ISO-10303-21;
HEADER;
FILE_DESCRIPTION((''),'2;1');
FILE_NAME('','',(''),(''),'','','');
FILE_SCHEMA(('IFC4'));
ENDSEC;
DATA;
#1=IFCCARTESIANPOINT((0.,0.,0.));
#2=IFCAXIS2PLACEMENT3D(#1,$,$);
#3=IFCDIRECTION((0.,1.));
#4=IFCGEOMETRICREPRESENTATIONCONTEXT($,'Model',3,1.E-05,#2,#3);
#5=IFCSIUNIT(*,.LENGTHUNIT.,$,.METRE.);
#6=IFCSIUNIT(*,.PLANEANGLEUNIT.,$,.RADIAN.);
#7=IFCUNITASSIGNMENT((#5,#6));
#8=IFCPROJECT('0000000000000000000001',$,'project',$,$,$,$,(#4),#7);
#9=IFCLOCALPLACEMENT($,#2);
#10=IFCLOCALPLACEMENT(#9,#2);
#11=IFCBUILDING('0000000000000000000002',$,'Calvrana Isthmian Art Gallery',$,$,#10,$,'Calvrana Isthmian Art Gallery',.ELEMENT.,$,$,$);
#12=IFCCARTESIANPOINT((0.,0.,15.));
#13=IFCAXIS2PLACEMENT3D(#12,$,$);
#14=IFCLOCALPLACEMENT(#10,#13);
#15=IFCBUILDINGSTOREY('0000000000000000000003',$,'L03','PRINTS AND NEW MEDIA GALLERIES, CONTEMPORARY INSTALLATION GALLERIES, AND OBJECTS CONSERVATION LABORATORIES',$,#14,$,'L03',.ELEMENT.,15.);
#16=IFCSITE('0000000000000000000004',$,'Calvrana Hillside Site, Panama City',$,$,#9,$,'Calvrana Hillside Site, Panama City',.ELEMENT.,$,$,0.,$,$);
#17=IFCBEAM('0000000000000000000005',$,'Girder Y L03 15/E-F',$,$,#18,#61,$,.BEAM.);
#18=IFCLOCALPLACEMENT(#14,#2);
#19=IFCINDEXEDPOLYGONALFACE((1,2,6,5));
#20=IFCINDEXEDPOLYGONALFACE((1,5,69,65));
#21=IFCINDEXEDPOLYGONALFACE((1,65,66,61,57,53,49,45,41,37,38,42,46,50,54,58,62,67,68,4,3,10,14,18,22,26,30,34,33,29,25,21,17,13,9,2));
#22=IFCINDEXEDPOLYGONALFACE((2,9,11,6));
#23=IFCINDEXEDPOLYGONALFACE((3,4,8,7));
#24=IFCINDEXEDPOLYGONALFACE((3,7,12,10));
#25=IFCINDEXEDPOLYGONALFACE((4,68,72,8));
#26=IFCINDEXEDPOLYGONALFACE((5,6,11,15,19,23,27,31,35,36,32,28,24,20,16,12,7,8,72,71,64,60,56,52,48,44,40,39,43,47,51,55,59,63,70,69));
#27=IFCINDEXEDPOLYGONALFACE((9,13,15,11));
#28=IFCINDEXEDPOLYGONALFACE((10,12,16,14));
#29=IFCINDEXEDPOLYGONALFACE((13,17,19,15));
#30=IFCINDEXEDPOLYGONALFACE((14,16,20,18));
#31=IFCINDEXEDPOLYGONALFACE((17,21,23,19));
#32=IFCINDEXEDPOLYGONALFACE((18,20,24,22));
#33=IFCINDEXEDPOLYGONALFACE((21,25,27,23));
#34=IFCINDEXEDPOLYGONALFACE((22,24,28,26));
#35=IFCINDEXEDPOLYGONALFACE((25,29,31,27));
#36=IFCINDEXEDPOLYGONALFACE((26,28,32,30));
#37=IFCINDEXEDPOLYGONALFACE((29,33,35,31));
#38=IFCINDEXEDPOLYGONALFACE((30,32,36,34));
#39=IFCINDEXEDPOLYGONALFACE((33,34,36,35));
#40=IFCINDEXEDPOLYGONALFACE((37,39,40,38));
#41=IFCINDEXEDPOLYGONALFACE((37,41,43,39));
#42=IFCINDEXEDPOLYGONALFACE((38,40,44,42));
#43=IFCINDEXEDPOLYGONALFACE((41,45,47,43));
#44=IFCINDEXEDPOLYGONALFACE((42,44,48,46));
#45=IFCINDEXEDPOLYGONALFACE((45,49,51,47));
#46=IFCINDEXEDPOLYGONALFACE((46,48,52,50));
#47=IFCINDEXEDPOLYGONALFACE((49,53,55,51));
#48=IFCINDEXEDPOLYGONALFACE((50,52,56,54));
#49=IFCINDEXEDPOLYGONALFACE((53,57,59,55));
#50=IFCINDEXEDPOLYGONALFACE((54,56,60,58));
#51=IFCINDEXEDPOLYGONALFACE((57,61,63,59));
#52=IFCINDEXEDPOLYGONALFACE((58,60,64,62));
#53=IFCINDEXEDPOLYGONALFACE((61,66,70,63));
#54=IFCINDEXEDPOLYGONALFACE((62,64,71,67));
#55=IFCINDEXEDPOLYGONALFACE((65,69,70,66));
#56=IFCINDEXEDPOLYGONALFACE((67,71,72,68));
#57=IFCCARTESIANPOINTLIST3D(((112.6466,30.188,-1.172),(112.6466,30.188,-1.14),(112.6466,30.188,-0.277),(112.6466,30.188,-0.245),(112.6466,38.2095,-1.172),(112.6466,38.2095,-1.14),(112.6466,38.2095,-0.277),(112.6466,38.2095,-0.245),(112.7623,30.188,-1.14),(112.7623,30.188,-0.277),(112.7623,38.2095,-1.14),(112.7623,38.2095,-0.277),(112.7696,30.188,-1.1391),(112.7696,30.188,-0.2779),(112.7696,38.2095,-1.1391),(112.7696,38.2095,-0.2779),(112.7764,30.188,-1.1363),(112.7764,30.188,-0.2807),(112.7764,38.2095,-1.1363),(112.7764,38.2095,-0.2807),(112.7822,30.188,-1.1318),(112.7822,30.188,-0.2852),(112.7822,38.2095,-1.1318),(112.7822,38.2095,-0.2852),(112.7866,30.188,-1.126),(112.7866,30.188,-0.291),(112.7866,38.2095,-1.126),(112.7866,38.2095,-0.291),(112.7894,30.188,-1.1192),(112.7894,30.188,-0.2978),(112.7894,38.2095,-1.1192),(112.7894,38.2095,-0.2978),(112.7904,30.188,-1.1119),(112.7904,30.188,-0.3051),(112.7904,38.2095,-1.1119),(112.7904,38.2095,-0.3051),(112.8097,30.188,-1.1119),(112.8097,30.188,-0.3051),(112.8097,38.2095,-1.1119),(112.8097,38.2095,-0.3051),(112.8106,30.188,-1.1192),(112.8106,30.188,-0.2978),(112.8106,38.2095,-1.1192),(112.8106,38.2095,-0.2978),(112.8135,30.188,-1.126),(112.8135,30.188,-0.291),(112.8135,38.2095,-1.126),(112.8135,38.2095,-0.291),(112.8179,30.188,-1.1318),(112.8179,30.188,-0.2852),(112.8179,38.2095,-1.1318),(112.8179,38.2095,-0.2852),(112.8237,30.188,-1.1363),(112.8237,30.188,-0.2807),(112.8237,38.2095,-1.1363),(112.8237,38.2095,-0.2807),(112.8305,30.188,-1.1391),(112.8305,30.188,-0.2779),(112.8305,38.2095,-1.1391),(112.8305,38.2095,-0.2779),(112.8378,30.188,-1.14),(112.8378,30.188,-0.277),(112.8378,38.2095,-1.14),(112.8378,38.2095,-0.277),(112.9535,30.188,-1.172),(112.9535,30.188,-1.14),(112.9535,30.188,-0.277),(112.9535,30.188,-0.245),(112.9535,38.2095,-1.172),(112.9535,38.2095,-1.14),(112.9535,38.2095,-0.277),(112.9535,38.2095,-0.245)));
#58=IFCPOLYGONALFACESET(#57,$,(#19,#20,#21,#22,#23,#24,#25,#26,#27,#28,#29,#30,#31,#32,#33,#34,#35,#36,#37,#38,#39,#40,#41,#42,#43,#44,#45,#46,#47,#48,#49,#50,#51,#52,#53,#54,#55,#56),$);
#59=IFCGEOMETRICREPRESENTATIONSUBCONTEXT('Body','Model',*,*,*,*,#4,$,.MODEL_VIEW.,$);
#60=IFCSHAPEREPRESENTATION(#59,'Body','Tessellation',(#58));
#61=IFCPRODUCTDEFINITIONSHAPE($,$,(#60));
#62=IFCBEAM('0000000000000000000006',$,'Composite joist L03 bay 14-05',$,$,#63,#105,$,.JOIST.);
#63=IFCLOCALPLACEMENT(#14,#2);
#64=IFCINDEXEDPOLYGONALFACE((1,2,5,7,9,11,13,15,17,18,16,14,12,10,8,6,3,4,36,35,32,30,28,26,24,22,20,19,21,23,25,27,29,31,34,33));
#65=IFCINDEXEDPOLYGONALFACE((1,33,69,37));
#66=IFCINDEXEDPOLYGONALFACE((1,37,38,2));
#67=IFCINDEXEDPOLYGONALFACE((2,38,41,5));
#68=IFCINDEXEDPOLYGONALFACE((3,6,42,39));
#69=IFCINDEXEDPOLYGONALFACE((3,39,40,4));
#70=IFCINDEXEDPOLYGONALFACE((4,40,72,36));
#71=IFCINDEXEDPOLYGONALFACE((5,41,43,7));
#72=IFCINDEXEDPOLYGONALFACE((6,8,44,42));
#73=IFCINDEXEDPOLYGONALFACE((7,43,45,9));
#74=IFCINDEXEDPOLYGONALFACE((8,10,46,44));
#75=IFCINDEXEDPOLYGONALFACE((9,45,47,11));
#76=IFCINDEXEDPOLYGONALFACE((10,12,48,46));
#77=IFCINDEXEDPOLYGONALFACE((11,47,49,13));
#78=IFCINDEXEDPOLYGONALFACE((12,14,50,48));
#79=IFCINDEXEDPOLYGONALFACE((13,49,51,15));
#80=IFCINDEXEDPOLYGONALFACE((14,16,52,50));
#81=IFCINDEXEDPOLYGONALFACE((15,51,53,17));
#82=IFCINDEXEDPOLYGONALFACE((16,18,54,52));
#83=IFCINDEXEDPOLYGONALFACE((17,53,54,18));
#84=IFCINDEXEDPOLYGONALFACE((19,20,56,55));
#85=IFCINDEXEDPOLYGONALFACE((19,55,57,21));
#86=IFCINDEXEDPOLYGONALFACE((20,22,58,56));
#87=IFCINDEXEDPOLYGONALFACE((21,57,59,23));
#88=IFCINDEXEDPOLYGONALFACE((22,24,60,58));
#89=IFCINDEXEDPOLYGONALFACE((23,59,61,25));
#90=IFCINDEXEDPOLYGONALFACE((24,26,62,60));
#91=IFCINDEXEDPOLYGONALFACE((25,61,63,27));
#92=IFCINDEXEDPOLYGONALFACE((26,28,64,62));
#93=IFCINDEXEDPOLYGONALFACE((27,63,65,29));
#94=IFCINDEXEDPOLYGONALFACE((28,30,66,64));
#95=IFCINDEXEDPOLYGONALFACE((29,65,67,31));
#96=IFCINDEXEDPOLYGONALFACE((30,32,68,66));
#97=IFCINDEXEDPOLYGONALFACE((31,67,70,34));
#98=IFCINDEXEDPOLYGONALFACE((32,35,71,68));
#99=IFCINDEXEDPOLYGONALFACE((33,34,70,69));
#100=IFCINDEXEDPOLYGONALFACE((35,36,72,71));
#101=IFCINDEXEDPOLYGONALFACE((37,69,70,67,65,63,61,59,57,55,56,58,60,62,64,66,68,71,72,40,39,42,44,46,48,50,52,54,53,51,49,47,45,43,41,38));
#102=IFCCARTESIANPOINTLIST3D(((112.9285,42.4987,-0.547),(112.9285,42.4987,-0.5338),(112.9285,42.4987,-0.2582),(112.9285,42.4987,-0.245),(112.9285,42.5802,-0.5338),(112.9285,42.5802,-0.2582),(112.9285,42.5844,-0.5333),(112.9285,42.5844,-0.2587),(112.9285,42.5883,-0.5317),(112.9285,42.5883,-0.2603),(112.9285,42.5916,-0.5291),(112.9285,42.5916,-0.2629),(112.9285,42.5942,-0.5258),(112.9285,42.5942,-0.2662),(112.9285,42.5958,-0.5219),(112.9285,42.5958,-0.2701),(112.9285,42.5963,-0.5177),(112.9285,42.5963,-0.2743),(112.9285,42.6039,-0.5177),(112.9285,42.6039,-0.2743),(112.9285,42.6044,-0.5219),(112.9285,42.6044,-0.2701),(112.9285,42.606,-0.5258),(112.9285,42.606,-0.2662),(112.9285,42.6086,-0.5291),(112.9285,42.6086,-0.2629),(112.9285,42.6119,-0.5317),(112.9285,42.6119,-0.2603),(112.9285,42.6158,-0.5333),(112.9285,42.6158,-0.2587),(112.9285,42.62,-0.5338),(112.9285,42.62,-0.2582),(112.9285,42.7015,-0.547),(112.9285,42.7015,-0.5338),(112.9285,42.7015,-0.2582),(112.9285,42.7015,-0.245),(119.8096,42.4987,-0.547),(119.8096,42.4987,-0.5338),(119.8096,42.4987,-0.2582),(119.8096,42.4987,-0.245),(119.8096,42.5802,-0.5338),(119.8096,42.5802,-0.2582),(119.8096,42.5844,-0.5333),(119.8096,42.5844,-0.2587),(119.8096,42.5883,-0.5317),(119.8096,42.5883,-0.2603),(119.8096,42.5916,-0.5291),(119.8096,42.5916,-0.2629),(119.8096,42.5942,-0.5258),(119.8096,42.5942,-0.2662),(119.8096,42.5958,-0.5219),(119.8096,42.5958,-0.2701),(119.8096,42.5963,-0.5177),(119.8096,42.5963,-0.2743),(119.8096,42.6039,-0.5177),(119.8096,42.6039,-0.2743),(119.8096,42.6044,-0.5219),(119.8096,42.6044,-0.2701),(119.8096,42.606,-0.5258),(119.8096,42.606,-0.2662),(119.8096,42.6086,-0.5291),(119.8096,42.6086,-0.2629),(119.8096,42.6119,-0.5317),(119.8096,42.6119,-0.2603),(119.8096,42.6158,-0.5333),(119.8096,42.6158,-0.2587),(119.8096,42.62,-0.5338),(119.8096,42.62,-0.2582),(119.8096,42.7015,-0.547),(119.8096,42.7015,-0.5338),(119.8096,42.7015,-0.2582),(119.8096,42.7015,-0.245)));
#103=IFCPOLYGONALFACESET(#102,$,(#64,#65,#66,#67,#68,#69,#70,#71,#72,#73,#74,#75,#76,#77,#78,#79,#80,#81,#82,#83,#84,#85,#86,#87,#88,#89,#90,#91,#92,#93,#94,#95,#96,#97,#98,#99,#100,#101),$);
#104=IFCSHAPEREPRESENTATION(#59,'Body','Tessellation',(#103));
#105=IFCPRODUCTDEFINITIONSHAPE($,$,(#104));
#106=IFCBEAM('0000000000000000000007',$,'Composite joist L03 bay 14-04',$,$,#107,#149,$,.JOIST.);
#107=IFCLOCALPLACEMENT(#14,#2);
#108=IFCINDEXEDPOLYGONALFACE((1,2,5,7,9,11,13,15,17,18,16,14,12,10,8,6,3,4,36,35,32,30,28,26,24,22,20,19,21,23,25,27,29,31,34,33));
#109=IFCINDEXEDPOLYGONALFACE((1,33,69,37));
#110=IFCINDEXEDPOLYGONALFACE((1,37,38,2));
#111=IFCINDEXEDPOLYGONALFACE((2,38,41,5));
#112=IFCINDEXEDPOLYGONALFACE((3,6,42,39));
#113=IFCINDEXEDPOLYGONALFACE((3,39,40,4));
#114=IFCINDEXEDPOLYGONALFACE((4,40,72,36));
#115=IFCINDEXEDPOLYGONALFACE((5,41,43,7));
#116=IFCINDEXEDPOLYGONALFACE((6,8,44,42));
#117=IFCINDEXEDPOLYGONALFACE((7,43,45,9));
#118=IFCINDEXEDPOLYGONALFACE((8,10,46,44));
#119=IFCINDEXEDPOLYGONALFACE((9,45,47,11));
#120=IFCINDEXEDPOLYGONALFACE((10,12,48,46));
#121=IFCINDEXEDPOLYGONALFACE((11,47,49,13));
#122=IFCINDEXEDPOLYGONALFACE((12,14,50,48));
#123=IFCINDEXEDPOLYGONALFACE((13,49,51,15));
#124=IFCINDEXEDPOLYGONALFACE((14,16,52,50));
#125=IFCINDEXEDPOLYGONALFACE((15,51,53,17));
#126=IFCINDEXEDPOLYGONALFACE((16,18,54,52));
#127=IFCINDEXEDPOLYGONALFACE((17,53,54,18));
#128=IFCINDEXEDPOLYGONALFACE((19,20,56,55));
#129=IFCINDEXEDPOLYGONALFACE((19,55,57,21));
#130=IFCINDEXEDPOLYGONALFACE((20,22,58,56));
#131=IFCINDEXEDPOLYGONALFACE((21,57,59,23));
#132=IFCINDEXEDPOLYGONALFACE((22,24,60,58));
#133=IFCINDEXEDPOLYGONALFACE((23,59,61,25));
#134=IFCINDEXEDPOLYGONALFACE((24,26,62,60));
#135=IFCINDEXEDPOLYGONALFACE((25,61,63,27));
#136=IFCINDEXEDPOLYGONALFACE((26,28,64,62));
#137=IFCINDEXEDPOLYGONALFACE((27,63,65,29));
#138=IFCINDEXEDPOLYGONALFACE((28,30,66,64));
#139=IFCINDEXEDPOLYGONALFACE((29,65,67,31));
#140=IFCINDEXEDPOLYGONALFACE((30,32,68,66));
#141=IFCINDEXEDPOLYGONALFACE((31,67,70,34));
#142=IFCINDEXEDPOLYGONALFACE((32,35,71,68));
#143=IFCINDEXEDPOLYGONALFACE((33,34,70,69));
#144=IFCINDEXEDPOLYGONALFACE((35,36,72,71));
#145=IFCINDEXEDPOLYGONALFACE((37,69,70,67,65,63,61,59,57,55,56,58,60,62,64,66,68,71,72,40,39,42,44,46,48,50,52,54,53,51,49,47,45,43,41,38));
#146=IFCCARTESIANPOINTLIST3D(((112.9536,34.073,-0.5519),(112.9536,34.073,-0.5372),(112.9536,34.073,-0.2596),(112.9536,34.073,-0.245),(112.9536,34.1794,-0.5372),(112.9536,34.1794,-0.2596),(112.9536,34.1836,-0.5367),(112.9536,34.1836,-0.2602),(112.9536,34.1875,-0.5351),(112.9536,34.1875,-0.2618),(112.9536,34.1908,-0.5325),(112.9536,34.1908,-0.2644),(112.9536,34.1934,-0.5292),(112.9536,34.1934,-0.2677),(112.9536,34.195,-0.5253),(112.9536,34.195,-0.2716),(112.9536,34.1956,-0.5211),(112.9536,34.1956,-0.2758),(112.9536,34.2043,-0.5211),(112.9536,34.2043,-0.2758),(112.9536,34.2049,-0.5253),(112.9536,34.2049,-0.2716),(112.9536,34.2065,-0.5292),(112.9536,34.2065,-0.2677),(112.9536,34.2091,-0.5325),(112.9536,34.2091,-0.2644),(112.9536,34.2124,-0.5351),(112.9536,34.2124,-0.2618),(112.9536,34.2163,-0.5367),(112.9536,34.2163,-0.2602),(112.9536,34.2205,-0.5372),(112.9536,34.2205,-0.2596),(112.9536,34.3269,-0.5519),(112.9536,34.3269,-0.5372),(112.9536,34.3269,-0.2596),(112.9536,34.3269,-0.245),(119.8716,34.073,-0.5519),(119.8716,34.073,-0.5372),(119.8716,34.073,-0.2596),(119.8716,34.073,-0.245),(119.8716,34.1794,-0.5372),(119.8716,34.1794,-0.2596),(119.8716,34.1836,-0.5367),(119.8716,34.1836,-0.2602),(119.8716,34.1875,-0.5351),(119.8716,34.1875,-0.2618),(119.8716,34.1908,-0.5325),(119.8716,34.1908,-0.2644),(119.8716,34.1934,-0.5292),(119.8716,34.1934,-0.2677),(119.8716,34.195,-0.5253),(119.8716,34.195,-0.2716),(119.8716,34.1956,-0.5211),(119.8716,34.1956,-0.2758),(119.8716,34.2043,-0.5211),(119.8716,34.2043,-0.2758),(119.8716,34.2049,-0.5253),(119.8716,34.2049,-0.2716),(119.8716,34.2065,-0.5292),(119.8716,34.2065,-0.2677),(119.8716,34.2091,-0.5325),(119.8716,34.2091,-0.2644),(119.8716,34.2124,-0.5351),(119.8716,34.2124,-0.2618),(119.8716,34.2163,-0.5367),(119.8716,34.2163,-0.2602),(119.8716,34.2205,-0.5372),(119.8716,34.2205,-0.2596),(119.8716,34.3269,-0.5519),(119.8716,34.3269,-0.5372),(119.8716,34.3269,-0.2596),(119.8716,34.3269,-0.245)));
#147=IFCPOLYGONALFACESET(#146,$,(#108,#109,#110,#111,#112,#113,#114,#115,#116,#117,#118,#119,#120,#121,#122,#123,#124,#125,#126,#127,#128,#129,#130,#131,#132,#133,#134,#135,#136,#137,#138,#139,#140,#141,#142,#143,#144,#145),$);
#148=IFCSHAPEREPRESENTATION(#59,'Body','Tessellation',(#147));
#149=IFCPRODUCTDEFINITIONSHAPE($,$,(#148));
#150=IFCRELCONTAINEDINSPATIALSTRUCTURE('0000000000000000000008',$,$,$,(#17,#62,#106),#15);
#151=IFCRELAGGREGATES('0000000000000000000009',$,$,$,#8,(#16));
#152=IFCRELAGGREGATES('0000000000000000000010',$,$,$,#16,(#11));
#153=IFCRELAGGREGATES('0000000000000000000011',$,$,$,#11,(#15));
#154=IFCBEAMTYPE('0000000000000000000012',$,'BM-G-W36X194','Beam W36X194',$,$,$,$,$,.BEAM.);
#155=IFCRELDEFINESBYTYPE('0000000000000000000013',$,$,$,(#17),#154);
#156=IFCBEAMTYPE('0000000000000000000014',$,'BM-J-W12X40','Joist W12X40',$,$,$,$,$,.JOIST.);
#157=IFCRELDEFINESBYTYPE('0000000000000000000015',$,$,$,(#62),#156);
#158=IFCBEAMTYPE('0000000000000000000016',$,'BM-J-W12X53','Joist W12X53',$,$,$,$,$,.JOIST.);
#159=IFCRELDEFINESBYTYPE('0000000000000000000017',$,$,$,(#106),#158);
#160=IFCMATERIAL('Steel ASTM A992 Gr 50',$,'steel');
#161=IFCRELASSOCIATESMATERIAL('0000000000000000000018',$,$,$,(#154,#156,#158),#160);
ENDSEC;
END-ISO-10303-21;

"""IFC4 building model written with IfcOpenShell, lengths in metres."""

from ifc_helpers import new_model, si_unit, direction, frame, origin, origin_2d, place, context, subcontext, project, spatial, i_section, extrude, material, material_profile, profile_set, type_object, element, save


model = new_model("IFC4")

# Units and contexts
model_context = context("Model", 3, precision=1e-05, world=origin(), true_north=direction((0.0, 1.0)))
body_context = subcontext(model_context, "Body", "Model", "MODEL_VIEW")
ifc_project = project(units=[si_unit("LENGTHUNIT", "METRE"), si_unit("PLANEANGLEUNIT", "RADIAN")], contexts=[model_context])

# Site, building, storey
site_placement = place(None, origin())
site = spatial("IfcSite", under=ifc_project, at=site_placement, Name="Calvrana Hillside Site, Panama City", LongName="Calvrana Hillside Site, Panama City", CompositionType="ELEMENT", RefElevation=0.0)
building_placement = place(site_placement, origin())
building = spatial("IfcBuilding", under=site, at=building_placement, Name="Calvrana Isthmian Art Gallery", LongName="Calvrana Isthmian Art Gallery", CompositionType="ELEMENT")
storey_placement = place(building_placement, frame((0.0, 0.0, 15.0)))
storey = spatial("IfcBuildingStorey", under=building, at=storey_placement, Name="L03", Description="PRINTS AND NEW MEDIA GALLERIES, CONTEMPORARY INSTALLATION GALLERIES, AND OBJECTS CONSERVATION LABORATORIES", LongName="L03", CompositionType="ELEMENT", Elevation=15.0)

# Shared definitions
ifc_material_1 = material(Name="Steel ASTM A992 Gr 50", Category="steel")

# Beams
ifc_material_profile_1 = material_profile(ifc_material_1, i_section(OverallWidth=0.3069, OverallDepth=0.927, WebThickness=0.0193, FlangeThickness=0.032, FilletRadius=0.0281, at=origin_2d()), Name="W36X194")
ifc_profile_set_1 = profile_set([ifc_material_profile_1], Name="Steel ASTM A992 Gr 50")
beam_type_1 = type_object("IfcBeamType", Name="BM-G-W36X194", Description="Beam W36X194", PredefinedType="BEAM", material=ifc_profile_set_1)
beam_1_placement = place(storey_placement, frame((112.8, 30.188, -0.7085), z_axis=(0.0, 1.0, 0.0), x_axis=(-1.0, 0.0, 0.0)))
element("IfcBeam", 1, at=beam_1_placement, inside=storey, type_object=beam_type_1, Name="Girder Y L03 15/E-F", PredefinedType="BEAM", context=body_context, shape_type="SweptSolid", body=[
    extrude(i_section(OverallWidth=0.3069, OverallDepth=0.927, WebThickness=0.0193, FlangeThickness=0.032, FilletRadius=0.0281, at=origin_2d()), origin(), (0.0, 0.0, 1.0), 8.0215),
])
ifc_material_profile_2 = material_profile(ifc_material_1, i_section(OverallWidth=0.2029, OverallDepth=0.302, WebThickness=0.0076, FlangeThickness=0.0132, FilletRadius=0.0161, at=origin_2d()), Name="W12X40")
ifc_profile_set_2 = profile_set([ifc_material_profile_2], Name="Steel ASTM A992 Gr 50")
beam_type_2 = type_object("IfcBeamType", Name="BM-J-W12X40", Description="Joist W12X40", PredefinedType="JOIST", material=ifc_profile_set_2)
beam_2_placement = place(storey_placement, frame((112.9285, 42.6001, -0.396), z_axis=(1.0, 0.0, 0.0), x_axis=(0.0, 1.0, 0.0)))
element("IfcBeam", 2, at=beam_2_placement, inside=storey, type_object=beam_type_2, Name="Composite joist L03 bay 14-05", PredefinedType="JOIST", context=body_context, shape_type="SweptSolid", body=[
    extrude(i_section(OverallWidth=0.2029, OverallDepth=0.302, WebThickness=0.0076, FlangeThickness=0.0132, FilletRadius=0.0161, at=origin_2d()), origin(), (0.0, 0.0, 1.0), 6.8811),
])
ifc_material_profile_3 = material_profile(ifc_material_1, i_section(OverallWidth=0.2539, OverallDepth=0.3069, WebThickness=0.0088, FlangeThickness=0.0146, FilletRadius=0.0161, at=origin_2d()), Name="W12X53")
ifc_profile_set_3 = profile_set([ifc_material_profile_3], Name="Steel ASTM A992 Gr 50")
beam_type_3 = type_object("IfcBeamType", Name="BM-J-W12X53", Description="Joist W12X53", PredefinedType="JOIST", material=ifc_profile_set_3)
beam_3_placement = place(storey_placement, frame((112.9536, 34.2, -0.3984), z_axis=(1.0, 0.0, 0.0), x_axis=(0.0, 1.0, 0.0)))
element("IfcBeam", 3, at=beam_3_placement, inside=storey, type_object=beam_type_3, Name="Composite joist L03 bay 14-04", PredefinedType="JOIST", context=body_context, shape_type="SweptSolid", body=[
    extrude(i_section(OverallWidth=0.2539, OverallDepth=0.3069, WebThickness=0.0088, FlangeThickness=0.0146, FilletRadius=0.0161, at=origin_2d()), origin(), (0.0, 0.0, 1.0), 6.918),
])

save(model, "model.ifc")
